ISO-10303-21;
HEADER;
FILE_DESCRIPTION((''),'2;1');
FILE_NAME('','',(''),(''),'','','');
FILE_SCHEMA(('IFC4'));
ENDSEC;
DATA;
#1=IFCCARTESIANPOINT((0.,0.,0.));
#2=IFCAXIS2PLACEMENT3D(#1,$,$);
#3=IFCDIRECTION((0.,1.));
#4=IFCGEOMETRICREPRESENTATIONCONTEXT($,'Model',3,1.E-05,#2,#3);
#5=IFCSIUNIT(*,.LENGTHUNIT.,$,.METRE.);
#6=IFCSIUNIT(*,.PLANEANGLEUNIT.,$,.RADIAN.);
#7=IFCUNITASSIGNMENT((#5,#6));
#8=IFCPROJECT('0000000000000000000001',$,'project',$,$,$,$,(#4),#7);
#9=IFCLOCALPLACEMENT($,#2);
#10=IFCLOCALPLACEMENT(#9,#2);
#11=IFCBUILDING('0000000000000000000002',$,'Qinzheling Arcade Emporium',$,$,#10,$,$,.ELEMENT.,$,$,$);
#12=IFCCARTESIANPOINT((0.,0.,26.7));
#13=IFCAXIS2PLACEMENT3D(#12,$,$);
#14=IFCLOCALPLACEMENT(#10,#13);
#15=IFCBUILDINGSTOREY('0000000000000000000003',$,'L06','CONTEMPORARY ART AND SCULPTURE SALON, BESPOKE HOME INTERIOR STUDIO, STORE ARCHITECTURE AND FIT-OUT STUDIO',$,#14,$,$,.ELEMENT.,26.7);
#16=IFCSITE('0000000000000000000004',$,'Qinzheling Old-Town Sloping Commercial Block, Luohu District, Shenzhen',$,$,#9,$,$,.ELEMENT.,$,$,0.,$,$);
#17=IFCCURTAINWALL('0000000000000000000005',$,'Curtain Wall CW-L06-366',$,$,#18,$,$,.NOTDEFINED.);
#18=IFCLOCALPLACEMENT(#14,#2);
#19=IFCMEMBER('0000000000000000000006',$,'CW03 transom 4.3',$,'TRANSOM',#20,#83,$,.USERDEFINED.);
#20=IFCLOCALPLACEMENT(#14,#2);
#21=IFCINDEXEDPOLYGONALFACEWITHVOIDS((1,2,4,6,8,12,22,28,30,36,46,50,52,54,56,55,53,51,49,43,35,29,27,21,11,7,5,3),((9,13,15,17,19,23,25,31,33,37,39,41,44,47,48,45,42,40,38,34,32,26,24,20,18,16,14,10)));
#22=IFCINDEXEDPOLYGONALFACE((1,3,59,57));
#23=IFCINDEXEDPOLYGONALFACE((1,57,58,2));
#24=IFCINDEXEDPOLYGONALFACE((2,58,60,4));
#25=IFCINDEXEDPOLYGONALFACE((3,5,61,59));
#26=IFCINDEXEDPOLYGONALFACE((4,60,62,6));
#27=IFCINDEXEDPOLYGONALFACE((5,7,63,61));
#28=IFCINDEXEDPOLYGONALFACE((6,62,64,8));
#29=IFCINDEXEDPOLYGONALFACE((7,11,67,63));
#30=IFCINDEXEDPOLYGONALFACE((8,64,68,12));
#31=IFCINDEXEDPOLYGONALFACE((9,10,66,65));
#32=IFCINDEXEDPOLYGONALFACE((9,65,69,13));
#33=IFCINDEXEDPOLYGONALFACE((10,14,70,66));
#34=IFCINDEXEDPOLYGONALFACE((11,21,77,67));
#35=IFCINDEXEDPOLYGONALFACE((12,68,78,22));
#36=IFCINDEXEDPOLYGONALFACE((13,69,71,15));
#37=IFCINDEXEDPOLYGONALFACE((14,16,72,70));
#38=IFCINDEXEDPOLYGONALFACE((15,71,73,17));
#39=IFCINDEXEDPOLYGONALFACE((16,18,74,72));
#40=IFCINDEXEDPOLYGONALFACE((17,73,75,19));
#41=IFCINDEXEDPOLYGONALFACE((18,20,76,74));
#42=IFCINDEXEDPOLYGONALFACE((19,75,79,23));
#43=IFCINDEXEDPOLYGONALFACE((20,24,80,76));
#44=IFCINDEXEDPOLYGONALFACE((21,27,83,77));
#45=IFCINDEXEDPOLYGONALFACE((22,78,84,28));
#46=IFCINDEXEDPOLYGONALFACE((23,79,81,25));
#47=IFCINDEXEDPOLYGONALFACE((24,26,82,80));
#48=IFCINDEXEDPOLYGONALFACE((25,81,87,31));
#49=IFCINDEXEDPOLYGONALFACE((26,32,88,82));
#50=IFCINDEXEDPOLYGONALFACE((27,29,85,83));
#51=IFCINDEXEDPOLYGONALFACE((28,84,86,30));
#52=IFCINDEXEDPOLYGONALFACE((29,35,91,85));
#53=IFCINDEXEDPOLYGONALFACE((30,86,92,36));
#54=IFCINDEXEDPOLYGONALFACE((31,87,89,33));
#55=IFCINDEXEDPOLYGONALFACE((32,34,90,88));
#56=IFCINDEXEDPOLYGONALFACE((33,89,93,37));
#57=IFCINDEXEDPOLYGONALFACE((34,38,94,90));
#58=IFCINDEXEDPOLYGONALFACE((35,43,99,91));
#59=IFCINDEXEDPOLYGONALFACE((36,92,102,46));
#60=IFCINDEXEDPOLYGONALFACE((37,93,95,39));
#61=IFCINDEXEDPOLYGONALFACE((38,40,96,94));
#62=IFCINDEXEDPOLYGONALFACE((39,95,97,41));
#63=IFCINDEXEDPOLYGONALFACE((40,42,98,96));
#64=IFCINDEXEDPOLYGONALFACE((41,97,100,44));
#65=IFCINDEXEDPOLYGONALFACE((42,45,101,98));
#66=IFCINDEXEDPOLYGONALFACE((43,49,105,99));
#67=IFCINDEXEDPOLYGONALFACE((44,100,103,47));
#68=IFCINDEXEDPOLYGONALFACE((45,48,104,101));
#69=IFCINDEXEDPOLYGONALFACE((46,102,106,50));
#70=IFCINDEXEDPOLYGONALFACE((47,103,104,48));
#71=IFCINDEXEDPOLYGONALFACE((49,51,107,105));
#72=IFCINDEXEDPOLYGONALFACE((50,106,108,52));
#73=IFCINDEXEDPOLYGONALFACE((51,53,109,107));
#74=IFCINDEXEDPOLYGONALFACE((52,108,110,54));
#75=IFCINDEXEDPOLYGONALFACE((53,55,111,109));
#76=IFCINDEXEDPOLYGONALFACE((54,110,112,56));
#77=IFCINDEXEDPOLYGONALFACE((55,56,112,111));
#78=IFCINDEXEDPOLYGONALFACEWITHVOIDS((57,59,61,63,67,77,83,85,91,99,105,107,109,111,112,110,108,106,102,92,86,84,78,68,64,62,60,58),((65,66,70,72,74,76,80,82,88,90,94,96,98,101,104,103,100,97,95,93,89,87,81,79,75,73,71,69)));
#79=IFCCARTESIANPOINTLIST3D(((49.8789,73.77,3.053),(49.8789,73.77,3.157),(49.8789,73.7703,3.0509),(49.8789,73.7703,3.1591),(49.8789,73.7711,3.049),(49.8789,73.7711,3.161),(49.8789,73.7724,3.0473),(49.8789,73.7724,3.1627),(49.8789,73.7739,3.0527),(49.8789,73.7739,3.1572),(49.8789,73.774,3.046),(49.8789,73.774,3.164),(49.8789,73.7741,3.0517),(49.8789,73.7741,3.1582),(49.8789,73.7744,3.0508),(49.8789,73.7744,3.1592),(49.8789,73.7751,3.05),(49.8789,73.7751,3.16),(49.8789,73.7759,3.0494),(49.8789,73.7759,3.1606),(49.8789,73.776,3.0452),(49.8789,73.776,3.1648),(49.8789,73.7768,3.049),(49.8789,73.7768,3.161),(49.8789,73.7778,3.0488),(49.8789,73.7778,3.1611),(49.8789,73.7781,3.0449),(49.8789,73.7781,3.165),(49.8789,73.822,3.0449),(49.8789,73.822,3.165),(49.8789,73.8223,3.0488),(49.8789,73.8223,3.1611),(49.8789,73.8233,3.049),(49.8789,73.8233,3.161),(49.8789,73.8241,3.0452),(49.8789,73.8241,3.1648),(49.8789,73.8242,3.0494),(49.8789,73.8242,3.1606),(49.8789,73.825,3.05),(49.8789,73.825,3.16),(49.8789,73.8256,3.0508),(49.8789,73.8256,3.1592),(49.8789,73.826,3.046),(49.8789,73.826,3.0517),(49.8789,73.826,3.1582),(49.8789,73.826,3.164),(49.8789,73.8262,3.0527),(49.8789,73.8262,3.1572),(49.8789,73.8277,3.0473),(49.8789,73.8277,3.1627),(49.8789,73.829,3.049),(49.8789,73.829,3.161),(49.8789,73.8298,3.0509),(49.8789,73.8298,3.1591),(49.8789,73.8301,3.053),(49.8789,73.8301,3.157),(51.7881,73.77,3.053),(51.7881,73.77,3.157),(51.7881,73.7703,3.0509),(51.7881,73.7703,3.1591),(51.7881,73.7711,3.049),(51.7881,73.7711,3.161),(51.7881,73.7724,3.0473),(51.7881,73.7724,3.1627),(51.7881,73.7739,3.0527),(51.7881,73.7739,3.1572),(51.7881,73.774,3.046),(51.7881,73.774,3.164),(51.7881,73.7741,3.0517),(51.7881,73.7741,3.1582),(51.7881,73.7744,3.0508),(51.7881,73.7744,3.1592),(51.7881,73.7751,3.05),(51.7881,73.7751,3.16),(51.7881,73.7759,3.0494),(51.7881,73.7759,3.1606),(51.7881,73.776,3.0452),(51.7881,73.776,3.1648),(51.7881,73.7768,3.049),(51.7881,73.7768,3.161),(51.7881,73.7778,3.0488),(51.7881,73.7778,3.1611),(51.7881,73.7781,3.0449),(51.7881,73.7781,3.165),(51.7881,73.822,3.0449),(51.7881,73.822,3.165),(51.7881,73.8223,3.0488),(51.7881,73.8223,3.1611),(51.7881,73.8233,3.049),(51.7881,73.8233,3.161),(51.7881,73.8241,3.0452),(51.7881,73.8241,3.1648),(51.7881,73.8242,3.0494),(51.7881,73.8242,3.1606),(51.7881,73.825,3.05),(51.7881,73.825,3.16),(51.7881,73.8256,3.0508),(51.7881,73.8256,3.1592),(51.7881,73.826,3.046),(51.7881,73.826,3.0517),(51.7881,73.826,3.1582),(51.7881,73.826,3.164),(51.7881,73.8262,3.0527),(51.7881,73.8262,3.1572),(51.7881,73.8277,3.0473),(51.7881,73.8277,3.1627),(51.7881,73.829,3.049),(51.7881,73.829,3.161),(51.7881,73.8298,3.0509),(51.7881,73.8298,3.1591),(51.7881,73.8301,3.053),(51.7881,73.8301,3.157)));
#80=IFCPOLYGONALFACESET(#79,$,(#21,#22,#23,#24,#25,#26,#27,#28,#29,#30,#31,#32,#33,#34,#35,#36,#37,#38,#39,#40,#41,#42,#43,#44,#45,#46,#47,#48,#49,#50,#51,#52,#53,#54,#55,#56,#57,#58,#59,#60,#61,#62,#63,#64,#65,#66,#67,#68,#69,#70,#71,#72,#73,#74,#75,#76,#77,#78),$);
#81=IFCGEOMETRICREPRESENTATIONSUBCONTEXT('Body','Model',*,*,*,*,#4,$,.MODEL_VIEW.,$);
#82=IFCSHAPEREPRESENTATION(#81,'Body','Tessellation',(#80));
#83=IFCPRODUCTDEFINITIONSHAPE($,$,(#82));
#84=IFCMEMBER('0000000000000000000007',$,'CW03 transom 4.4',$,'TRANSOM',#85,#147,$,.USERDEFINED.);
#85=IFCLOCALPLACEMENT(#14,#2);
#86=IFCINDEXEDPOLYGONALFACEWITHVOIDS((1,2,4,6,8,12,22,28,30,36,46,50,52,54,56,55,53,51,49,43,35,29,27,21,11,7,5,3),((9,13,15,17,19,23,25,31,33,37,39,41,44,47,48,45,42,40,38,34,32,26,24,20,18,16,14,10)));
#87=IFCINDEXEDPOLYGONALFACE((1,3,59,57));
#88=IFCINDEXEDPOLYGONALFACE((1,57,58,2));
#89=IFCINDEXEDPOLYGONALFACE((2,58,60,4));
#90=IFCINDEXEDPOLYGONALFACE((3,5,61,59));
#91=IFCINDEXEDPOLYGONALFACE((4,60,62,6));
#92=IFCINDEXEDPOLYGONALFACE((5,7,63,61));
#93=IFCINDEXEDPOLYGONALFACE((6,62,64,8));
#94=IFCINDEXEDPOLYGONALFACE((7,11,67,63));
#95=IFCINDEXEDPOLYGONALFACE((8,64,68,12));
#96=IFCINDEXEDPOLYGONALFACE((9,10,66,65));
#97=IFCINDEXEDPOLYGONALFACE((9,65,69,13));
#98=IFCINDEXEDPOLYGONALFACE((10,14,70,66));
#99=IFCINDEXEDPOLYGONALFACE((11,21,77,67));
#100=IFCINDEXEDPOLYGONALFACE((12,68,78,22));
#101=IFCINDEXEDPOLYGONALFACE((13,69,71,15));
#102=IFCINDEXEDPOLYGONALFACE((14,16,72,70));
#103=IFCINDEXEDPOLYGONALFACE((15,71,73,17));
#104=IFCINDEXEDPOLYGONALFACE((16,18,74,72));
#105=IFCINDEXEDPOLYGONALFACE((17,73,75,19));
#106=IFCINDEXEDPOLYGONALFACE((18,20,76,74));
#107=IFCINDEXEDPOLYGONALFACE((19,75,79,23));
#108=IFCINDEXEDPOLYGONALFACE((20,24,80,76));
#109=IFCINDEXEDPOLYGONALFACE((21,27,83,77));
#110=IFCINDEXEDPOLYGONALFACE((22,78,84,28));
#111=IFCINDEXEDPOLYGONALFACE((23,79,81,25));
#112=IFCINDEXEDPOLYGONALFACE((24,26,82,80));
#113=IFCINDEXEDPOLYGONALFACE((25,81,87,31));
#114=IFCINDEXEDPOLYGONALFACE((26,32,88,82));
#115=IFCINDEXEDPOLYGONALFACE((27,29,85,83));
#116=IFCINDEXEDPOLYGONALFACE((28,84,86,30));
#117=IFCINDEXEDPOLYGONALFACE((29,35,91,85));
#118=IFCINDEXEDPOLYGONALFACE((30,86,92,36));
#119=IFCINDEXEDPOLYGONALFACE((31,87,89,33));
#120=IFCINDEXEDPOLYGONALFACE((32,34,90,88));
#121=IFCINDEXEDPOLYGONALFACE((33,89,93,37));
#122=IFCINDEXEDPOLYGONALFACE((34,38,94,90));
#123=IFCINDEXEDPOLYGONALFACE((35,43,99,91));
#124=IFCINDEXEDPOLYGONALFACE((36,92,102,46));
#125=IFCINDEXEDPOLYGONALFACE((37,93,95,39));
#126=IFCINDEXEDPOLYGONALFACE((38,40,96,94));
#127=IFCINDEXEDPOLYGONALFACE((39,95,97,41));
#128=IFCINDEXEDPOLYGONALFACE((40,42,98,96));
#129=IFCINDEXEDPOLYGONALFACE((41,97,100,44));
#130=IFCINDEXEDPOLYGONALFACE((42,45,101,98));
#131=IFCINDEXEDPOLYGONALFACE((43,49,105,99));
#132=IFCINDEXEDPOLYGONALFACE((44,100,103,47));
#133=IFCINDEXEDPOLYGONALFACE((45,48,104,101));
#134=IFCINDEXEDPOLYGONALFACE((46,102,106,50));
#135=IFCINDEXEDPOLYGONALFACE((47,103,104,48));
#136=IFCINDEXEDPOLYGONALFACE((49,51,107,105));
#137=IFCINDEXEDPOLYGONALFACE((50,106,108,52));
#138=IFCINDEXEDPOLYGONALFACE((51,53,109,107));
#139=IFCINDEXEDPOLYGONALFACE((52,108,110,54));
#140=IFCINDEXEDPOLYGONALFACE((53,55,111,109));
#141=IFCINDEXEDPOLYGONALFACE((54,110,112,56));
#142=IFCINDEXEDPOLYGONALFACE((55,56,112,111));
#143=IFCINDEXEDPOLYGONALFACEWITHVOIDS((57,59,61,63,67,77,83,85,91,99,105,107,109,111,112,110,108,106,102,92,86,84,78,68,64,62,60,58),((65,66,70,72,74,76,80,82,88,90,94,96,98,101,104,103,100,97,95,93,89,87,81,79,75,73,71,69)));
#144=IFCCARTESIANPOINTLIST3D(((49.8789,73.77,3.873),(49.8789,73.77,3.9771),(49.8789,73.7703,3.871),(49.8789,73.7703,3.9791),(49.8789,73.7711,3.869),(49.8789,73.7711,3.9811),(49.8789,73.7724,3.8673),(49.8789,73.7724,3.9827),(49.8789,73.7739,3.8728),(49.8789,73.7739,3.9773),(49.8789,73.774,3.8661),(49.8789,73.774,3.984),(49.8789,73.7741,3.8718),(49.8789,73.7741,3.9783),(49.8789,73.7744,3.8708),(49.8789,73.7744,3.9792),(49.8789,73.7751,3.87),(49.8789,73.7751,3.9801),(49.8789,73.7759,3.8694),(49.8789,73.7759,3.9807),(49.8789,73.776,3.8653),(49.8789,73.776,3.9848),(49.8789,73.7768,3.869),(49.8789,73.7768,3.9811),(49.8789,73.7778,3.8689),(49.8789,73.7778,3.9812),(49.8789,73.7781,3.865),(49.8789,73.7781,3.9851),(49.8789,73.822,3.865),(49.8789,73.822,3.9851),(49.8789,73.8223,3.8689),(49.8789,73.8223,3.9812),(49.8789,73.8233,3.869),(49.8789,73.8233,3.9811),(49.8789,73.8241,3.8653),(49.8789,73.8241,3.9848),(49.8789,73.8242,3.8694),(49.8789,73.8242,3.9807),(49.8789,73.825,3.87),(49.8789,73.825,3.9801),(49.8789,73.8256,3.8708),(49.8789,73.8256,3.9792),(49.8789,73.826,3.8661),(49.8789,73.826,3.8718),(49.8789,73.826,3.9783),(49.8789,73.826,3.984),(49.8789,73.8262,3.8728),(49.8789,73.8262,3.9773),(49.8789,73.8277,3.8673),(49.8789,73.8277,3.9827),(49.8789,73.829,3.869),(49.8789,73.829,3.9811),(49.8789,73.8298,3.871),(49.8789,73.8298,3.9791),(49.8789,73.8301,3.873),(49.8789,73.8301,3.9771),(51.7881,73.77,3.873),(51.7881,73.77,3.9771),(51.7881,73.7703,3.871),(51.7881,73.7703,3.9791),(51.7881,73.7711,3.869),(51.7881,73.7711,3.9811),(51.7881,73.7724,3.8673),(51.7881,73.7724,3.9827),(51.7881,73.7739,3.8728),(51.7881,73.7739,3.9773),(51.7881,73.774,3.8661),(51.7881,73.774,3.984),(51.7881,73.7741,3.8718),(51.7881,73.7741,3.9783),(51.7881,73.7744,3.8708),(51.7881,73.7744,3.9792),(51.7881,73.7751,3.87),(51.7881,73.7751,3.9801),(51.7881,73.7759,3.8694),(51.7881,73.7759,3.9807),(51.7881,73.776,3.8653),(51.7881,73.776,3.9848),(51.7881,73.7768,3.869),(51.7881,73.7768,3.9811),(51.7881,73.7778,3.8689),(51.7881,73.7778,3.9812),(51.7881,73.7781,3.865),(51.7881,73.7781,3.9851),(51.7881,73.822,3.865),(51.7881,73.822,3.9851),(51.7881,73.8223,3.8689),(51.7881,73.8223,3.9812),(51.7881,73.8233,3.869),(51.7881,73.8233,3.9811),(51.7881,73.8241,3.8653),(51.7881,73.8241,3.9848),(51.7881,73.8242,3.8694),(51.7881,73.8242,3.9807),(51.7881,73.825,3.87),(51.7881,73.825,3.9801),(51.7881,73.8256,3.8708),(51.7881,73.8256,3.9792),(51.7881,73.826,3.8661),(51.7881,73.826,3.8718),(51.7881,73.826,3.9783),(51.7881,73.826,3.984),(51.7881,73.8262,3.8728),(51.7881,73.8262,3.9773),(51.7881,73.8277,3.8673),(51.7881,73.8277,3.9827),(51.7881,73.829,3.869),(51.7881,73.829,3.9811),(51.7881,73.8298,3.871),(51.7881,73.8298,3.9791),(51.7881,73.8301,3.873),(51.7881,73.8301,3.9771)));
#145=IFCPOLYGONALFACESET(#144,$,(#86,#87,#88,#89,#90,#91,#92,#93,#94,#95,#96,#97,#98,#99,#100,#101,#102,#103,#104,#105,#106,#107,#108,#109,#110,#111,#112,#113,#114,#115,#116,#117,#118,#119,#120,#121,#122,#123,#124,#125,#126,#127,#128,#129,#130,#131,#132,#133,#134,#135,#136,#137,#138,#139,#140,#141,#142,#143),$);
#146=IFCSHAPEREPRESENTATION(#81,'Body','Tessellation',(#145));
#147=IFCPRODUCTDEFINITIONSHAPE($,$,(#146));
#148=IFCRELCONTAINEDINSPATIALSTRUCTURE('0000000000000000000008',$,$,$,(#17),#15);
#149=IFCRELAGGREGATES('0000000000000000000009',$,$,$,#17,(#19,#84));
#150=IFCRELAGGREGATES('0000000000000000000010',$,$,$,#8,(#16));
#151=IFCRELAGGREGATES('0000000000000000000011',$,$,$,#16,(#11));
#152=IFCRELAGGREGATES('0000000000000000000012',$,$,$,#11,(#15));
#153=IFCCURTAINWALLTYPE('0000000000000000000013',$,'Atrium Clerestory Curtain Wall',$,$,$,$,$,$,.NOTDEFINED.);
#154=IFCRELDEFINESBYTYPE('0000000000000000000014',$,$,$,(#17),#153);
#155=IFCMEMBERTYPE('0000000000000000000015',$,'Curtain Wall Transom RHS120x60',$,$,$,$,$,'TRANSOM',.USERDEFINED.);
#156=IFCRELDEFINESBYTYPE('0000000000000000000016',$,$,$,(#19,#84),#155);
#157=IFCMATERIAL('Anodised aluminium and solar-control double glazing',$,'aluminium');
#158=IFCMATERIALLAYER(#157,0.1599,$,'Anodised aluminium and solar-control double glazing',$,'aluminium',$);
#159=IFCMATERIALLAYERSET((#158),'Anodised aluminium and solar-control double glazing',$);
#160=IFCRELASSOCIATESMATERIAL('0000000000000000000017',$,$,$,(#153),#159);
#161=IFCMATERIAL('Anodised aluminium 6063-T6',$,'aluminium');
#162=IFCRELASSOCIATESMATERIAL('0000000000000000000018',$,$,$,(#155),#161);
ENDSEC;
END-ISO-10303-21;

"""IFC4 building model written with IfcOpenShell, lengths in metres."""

from ifc_helpers import new_model, si_unit, direction, frame, origin, origin_2d, place, context, subcontext, project, spatial, hollow_rectangle, extrude, material, layer, layer_set, material_profile, profile_set, type_object, element, aggregate, save


model = new_model("IFC4")

# Units and contexts
model_context = context("Model", 3, precision=1e-05, world=origin(), true_north=direction((0.0, 1.0)))
body_context = subcontext(model_context, "Body", "Model", "MODEL_VIEW")
ifc_project = project(units=[si_unit("LENGTHUNIT", "METRE"), si_unit("PLANEANGLEUNIT", "RADIAN")], contexts=[model_context])

# Site, building, storey
site_placement = place(None, origin())
site = spatial("IfcSite", under=ifc_project, at=site_placement, Name="Qinzheling Old-Town Sloping Commercial Block, Luohu District, Shenzhen", CompositionType="ELEMENT", RefElevation=0.0)
building_placement = place(site_placement, origin())
building = spatial("IfcBuilding", under=site, at=building_placement, Name="Qinzheling Arcade Emporium", CompositionType="ELEMENT")
storey_placement = place(building_placement, frame((0.0, 0.0, 26.7)))
storey = spatial("IfcBuildingStorey", under=building, at=storey_placement, Name="L06", Description="CONTEMPORARY ART AND SCULPTURE SALON, BESPOKE HOME INTERIOR STUDIO, STORE ARCHITECTURE AND FIT-OUT STUDIO", CompositionType="ELEMENT", Elevation=26.7)

# Curtain wall
ifc_material_1 = material(Name="Anodised aluminium and solar-control double glazing", Category="aluminium")
ifc_layer_1 = layer(ifc_material_1, 0.1599, Name="Anodised aluminium and solar-control double glazing", Category="aluminium")
ifc_layer_set_1 = layer_set([ifc_layer_1], Name="Anodised aluminium and solar-control double glazing")
curtain_wall_type = type_object("IfcCurtainWallType", Name="Atrium Clerestory Curtain Wall", PredefinedType="NOTDEFINED", material=ifc_layer_set_1)
curtain_wall_1_placement = place(storey_placement, origin())
curtain_wall_1 = element("IfcCurtainWall", 1, at=curtain_wall_1_placement, inside=storey, type_object=curtain_wall_type, Name="Curtain Wall CW-L06-366", PredefinedType="NOTDEFINED")
ifc_material_2 = material(Name="Anodised aluminium 6063-T6", Category="aluminium")

# Members
ifc_material_profile_1 = material_profile(ifc_material_2, hollow_rectangle(XDim=0.0601, YDim=0.1201, WallThickness=0.0039, InnerFilletRadius=0.0039, OuterFilletRadius=0.0081, at=origin_2d()), Name="RHS 120x60x4", Category="aluminium")
ifc_profile_set_1 = profile_set([ifc_material_profile_1], Name="Anodised aluminium 6063-T6")
member_type_1 = type_object("IfcMemberType", Name="Curtain Wall Transom RHS120x60", ElementType="TRANSOM", PredefinedType="USERDEFINED", material=ifc_profile_set_1)
member_1_placement = place(storey_placement, frame((49.8789, 73.8, 3.105), z_axis=(1.0, 0.0, 0.0), x_axis=(0.0, 1.0, 0.0)))
member_1 = element("IfcMember", 2, at=member_1_placement, type_object=member_type_1, Name="CW03 transom 4.3", ObjectType="TRANSOM", PredefinedType="USERDEFINED", context=body_context, shape_type="SweptSolid", body=[
    extrude(hollow_rectangle(XDim=0.0601, YDim=0.1201, WallThickness=0.0039, InnerFilletRadius=0.0039, OuterFilletRadius=0.0081, at=origin_2d()), origin(), (0.0, 0.0, 1.0), 1.9092),
])
member_2_placement = place(storey_placement, frame((49.8789, 73.8, 3.925), z_axis=(1.0, 0.0, 0.0), x_axis=(0.0, 1.0, 0.0)))
member_2 = element("IfcMember", 3, at=member_2_placement, type_object=member_type_1, Name="CW03 transom 4.4", ObjectType="TRANSOM", PredefinedType="USERDEFINED", context=body_context, shape_type="SweptSolid", body=[
    extrude(hollow_rectangle(XDim=0.0601, YDim=0.1201, WallThickness=0.0039, InnerFilletRadius=0.0039, OuterFilletRadius=0.0081, at=origin_2d()), origin(), (0.0, 0.0, 1.0), 1.9092),
])

aggregate(curtain_wall_1, [member_1, member_2])

save(model, "model.ifc")
